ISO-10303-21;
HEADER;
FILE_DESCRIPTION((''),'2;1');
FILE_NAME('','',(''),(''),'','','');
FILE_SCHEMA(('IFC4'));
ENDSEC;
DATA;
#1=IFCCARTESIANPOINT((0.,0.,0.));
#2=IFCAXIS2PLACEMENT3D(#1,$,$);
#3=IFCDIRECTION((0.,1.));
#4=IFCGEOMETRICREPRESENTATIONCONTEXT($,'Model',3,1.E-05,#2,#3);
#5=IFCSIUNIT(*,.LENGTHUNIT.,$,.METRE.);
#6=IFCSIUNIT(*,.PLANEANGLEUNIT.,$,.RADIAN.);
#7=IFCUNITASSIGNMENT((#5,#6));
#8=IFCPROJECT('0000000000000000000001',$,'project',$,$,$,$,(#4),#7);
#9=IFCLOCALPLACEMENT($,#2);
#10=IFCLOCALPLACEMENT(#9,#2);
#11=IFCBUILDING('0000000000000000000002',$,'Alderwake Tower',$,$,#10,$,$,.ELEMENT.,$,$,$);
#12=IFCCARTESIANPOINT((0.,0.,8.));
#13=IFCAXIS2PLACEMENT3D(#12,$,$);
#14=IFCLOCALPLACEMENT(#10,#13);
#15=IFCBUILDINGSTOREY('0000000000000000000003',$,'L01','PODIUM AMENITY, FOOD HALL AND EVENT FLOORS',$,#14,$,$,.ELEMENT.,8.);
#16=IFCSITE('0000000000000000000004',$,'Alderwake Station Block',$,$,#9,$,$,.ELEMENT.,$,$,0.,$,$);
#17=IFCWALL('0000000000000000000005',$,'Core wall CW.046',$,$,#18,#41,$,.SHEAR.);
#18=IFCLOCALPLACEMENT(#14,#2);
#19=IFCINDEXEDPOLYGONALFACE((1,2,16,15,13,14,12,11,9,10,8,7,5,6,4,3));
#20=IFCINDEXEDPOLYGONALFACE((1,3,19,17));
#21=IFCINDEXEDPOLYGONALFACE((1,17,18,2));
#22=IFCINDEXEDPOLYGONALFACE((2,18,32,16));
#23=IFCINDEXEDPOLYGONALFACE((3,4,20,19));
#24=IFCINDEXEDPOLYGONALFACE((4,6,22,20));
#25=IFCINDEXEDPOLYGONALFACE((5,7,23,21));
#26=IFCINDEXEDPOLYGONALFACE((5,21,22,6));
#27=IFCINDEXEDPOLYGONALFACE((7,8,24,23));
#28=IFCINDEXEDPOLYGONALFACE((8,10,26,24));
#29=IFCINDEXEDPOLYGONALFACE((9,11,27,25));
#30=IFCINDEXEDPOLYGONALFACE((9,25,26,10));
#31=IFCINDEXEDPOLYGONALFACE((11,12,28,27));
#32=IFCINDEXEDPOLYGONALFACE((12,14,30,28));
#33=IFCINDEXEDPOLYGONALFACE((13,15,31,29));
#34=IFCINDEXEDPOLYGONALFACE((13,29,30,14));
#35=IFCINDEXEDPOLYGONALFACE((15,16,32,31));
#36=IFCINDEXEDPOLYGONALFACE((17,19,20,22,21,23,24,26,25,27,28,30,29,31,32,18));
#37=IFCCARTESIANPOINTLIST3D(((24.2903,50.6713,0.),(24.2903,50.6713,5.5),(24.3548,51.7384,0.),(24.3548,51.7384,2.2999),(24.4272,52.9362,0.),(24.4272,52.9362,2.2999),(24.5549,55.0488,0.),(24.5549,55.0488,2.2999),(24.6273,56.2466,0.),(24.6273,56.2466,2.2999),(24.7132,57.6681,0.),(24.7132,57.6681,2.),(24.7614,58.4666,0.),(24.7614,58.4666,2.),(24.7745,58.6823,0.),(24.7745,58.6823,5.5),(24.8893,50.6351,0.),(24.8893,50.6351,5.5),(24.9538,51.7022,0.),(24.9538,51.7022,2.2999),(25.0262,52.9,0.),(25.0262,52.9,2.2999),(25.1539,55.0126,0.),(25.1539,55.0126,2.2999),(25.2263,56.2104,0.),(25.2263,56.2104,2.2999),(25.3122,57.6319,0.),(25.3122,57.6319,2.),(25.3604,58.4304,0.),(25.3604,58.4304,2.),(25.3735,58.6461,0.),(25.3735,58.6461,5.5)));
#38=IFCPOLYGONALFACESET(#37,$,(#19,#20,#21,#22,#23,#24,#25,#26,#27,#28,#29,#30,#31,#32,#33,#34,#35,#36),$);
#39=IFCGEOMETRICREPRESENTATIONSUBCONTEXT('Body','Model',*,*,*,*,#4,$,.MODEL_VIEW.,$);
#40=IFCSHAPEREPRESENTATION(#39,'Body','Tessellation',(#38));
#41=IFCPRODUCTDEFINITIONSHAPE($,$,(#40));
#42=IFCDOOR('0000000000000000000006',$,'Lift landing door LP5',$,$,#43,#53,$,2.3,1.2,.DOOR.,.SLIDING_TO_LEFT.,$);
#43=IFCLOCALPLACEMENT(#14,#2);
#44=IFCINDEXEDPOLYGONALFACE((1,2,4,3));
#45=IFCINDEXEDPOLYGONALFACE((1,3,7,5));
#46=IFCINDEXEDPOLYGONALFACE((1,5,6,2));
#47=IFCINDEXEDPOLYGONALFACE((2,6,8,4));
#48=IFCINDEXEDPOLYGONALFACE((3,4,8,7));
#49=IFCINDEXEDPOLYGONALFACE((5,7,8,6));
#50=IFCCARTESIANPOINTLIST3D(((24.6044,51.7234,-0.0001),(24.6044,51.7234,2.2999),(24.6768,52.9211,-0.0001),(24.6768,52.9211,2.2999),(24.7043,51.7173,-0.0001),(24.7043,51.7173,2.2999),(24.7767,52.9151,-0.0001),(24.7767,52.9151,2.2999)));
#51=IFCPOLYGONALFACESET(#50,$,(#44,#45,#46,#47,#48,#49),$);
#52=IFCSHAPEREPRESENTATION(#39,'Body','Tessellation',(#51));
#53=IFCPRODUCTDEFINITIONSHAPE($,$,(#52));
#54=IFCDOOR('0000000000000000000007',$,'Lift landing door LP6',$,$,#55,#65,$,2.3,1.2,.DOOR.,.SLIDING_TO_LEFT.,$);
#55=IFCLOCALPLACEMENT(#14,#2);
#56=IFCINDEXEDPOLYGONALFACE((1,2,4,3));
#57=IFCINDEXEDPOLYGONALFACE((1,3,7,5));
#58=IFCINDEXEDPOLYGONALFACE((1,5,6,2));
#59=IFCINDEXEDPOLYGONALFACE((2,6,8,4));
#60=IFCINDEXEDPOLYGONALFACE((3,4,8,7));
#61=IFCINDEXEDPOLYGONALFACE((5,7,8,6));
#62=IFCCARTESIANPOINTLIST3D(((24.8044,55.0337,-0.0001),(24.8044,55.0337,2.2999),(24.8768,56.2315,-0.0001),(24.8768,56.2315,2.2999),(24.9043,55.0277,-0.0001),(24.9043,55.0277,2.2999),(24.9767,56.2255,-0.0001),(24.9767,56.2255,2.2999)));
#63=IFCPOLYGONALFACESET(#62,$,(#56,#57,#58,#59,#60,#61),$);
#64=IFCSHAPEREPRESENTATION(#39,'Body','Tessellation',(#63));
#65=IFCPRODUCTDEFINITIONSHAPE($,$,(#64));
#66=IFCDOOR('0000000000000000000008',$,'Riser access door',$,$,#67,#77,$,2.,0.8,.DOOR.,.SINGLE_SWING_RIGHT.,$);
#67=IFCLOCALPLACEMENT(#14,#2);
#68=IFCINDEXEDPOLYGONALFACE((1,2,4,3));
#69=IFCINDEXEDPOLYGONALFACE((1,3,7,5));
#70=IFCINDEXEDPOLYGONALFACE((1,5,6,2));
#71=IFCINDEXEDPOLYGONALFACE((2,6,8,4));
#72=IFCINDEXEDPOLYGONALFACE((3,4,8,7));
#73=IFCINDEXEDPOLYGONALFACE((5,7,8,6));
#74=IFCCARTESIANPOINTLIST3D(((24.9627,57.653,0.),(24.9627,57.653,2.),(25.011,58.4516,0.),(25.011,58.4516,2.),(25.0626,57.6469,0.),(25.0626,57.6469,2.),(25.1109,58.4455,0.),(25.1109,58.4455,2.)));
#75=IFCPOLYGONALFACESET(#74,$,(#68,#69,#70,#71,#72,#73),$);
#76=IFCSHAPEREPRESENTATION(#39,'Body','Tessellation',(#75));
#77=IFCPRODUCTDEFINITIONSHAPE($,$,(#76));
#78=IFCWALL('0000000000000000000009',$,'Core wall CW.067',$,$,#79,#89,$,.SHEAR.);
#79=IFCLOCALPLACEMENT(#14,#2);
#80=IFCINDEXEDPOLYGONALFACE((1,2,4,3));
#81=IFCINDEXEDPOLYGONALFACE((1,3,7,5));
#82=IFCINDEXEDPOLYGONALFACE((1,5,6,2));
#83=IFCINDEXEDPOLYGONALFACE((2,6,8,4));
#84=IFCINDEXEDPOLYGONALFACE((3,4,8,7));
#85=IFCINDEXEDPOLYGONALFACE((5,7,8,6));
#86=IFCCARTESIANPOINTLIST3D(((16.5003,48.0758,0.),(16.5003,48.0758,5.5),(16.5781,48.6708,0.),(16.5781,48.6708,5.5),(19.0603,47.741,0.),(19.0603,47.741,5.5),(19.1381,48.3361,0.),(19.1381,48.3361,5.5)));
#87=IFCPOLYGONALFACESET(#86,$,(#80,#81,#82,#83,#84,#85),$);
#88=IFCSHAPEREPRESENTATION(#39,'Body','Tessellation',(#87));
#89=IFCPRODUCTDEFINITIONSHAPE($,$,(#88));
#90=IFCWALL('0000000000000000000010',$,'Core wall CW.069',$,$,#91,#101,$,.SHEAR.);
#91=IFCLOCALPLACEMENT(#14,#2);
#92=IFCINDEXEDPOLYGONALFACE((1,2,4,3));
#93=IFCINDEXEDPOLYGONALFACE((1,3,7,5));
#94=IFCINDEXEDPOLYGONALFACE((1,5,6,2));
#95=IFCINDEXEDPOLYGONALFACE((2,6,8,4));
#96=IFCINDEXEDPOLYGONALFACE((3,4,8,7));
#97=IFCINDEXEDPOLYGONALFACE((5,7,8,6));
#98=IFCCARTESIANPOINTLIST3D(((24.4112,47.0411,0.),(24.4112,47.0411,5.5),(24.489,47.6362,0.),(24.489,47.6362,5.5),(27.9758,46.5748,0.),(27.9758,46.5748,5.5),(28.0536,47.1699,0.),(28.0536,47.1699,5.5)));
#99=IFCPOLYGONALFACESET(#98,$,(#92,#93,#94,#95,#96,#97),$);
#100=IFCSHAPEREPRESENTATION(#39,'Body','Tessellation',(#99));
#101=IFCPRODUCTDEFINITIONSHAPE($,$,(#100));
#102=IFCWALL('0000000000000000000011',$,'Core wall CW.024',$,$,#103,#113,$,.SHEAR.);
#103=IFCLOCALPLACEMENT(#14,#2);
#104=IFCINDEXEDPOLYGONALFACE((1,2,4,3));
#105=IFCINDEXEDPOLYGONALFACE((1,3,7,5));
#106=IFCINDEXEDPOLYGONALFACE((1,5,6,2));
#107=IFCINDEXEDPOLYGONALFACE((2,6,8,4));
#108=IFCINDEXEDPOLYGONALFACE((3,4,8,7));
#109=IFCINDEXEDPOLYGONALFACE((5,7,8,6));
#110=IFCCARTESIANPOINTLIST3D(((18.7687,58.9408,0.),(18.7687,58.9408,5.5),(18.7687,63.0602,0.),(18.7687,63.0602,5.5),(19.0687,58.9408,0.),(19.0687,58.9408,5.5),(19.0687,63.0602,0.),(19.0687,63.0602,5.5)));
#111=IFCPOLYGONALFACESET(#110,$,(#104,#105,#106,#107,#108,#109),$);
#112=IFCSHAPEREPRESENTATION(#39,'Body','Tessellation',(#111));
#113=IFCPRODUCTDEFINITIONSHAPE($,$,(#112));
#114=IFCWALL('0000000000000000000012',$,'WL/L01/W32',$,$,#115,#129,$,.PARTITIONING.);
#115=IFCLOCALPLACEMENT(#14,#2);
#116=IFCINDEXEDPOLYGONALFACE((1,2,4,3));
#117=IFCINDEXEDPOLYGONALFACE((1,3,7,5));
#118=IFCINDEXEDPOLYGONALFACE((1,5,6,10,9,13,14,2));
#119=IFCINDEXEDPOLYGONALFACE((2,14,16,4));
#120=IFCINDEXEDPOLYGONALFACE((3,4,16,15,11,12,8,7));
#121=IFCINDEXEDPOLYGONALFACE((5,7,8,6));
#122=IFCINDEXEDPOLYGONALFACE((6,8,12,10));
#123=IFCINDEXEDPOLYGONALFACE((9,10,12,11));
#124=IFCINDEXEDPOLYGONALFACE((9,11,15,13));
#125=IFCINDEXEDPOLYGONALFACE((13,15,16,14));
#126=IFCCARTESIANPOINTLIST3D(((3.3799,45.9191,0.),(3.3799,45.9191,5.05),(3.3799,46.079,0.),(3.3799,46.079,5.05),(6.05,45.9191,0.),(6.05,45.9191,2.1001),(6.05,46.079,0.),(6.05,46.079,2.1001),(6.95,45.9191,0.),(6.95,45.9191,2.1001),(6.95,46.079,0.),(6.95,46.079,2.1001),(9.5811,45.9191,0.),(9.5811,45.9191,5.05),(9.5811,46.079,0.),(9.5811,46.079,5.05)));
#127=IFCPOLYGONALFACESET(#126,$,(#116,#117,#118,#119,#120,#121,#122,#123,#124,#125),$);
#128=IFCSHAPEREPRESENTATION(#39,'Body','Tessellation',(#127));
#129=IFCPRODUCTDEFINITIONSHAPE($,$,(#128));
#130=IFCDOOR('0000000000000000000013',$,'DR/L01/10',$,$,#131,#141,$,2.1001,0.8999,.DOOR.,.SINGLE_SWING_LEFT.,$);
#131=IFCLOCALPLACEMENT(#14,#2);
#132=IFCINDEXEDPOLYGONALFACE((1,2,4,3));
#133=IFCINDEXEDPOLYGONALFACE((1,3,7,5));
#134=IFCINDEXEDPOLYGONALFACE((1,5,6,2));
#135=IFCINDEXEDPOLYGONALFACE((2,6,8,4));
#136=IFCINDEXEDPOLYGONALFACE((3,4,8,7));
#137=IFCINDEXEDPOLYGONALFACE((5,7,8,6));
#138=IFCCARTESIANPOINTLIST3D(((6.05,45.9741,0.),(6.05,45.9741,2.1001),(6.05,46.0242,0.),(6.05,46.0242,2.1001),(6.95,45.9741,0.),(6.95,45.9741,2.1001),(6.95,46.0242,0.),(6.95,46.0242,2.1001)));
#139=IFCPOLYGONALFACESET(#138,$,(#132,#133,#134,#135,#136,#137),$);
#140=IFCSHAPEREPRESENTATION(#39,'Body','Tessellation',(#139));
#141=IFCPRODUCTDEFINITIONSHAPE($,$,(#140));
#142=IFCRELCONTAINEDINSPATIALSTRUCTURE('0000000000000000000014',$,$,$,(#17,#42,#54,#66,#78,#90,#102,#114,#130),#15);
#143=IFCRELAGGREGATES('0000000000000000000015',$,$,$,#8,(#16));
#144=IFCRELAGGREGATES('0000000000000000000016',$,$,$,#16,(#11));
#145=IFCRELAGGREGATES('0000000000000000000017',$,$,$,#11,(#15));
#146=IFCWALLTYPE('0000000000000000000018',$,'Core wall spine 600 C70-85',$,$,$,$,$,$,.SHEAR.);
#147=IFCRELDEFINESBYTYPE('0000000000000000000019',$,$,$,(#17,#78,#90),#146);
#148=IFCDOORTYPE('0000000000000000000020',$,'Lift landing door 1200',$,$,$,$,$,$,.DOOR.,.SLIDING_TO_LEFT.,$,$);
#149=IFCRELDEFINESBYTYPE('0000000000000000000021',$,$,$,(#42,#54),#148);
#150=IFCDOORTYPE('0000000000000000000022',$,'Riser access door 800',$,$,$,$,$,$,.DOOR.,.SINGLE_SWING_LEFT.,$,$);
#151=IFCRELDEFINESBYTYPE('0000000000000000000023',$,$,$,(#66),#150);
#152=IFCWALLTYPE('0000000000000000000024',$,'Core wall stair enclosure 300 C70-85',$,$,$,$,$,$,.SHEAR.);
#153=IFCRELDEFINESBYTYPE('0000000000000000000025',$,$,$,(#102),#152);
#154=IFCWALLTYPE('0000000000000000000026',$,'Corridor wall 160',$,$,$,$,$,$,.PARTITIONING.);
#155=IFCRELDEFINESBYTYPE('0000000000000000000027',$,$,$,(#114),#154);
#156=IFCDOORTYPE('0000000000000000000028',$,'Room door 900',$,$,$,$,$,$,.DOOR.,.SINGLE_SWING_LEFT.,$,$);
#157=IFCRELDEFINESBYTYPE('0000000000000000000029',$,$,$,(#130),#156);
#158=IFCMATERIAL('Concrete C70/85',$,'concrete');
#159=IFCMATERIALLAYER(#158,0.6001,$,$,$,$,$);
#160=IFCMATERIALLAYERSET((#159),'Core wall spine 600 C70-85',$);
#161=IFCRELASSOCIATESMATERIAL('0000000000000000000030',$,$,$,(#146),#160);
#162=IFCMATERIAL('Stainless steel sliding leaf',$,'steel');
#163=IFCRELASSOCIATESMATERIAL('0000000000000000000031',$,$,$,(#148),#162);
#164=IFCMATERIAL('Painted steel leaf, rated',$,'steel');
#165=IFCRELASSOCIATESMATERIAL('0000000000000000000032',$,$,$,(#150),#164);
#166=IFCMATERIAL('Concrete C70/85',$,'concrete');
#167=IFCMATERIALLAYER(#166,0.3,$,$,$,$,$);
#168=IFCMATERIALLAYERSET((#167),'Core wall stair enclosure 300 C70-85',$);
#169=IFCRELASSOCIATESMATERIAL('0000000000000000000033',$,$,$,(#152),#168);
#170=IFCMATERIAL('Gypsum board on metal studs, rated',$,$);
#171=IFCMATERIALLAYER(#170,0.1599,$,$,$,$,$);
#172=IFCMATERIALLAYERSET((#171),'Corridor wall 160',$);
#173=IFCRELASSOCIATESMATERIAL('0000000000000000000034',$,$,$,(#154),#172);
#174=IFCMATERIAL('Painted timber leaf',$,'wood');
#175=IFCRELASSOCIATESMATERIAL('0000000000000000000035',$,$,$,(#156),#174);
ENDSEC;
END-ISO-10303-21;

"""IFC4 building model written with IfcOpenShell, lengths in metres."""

from ifc_helpers import new_model, si_unit, direction, frame, frame_2d, origin, place, context, subcontext, project, spatial, rectangle, extrude, material, layer, layer_set, type_object, element, fill, save


model = new_model("IFC4")

# Units and contexts
model_context = context("Model", 3, precision=1e-05, world=origin(), true_north=direction((0.0, 1.0)))
body_context = subcontext(model_context, "Body", "Model", "MODEL_VIEW")
ifc_project = project(units=[si_unit("LENGTHUNIT", "METRE"), si_unit("PLANEANGLEUNIT", "RADIAN")], contexts=[model_context])

# Site, building, storey
site_placement = place(None, origin())
site = spatial("IfcSite", under=ifc_project, at=site_placement, Name="Alderwake Station Block", CompositionType="ELEMENT", RefElevation=0.0)
building_placement = place(site_placement, origin())
building = spatial("IfcBuilding", under=site, at=building_placement, Name="Alderwake Tower", CompositionType="ELEMENT")
storey_placement = place(building_placement, frame((0.0, 0.0, 8.0)))
storey = spatial("IfcBuildingStorey", under=building, at=storey_placement, Name="L01", Description="PODIUM AMENITY, FOOD HALL AND EVENT FLOORS", CompositionType="ELEMENT", Elevation=8.0)

# Wall, openings, doors
ifc_material_1 = material(Name="Concrete C70/85", Category="concrete")
ifc_layer_1 = layer(ifc_material_1, 0.6001)
ifc_layer_set_1 = layer_set([ifc_layer_1], Name="Core wall spine 600 C70-85")
wall_type_1 = type_object("IfcWallType", Name="Core wall spine 600 C70-85", PredefinedType="SHEAR", material=ifc_layer_set_1)
ifc_material_2 = material(Name="Stainless steel sliding leaf", Category="steel")
door_type_1 = type_object("IfcDoorType", Name="Lift landing door 1200", OperationType="SLIDING_TO_LEFT", PredefinedType="DOOR", material=ifc_material_2)
ifc_material_3 = material(Name="Painted steel leaf, rated", Category="steel")
door_type_2 = type_object("IfcDoorType", Name="Riser access door 800", OperationType="SINGLE_SWING_LEFT", PredefinedType="DOOR", material=ifc_material_3)
wall_1_placement = place(storey_placement, frame((24.5898, 50.6533, 0.0), z_axis=(0.0, 0.0, 1.0), x_axis=(0.060323, 0.998179, 0.0)))
wall_1 = element("IfcWall", 1, at=wall_1_placement, inside=storey, type_object=wall_type_1, Name="Core wall CW.046", PredefinedType="SHEAR", context=body_context, shape_type="SweptSolid", body=[
    extrude(rectangle(XDim=8.0256, YDim=0.6001, at=frame_2d((4.0127, 0.0))), origin(), (0.0, 0.0, 1.0), 5.5),
])
opening_1_placement = place(wall_1_placement, frame((1.0688, 0.0, 0.0)))
opening_1 = element("IfcOpeningElement", 2, at=opening_1_placement, cuts=wall_1, PredefinedType="OPENING", context=body_context, shape_type="SweptSolid", body=[
    extrude(rectangle(XDim=1.2, YDim=2.3, at=frame_2d((0.6001, 1.1499))), frame((0.0, 0.3101, 0.0), z_axis=(0.0, -1.0, 0.0), x_axis=(1.0, 0.0, 0.0)), (0.0, 0.0, 1.0), 0.6201),
])
opening_2_placement = place(wall_1_placement, frame((4.3853, 0.0, 0.0)))
opening_2 = element("IfcOpeningElement", 3, at=opening_2_placement, cuts=wall_1, PredefinedType="OPENING", context=body_context, shape_type="SweptSolid", body=[
    extrude(rectangle(XDim=1.2, YDim=2.3, at=frame_2d((0.6001, 1.1499))), frame((0.0, 0.3101, 0.0), z_axis=(0.0, -1.0, 0.0), x_axis=(1.0, 0.0, 0.0)), (0.0, 0.0, 1.0), 0.6201),
])
opening_3_placement = place(wall_1_placement, frame((7.0095, 0.0, 0.0)))
opening_3 = element("IfcOpeningElement", 4, at=opening_3_placement, cuts=wall_1, PredefinedType="OPENING", context=body_context, shape_type="SweptSolid", body=[
    extrude(rectangle(XDim=0.8, YDim=2.0, at=frame_2d((0.3999, 1.0))), frame((0.0, 0.3101, 0.0), z_axis=(0.0, -1.0, 0.0), x_axis=(1.0, 0.0, 0.0)), (0.0, 0.0, 1.0), 0.6201),
])
door_1_placement = place(opening_1_placement, origin())
door_1 = element("IfcDoor", 5, at=door_1_placement, inside=storey, type_object=door_type_1, Name="Lift landing door LP5", OperationType="SLIDING_TO_LEFT", OverallHeight=2.3, OverallWidth=1.2, PredefinedType="DOOR", context=body_context, shape_type="SweptSolid", body=[
    extrude(rectangle(XDim=1.2, YDim=2.3, at=frame_2d((0.6001, 1.1499))), frame((0.0, 0.05, 0.0), z_axis=(0.0, -1.0, 0.0), x_axis=(1.0, 0.0, 0.0)), (0.0, 0.0, 1.0), 0.1001),
])
fill(opening_1, door_1)
door_2_placement = place(opening_2_placement, origin())
door_2 = element("IfcDoor", 6, at=door_2_placement, inside=storey, type_object=door_type_1, Name="Lift landing door LP6", OperationType="SLIDING_TO_LEFT", OverallHeight=2.3, OverallWidth=1.2, PredefinedType="DOOR", context=body_context, shape_type="SweptSolid", body=[
    extrude(rectangle(XDim=1.2, YDim=2.3, at=frame_2d((0.6001, 1.1499))), frame((0.0, 0.05, 0.0), z_axis=(0.0, -1.0, 0.0), x_axis=(1.0, 0.0, 0.0)), (0.0, 0.0, 1.0), 0.1001),
])
fill(opening_2, door_2)
door_3_placement = place(opening_3_placement, origin())
door_3 = element("IfcDoor", 7, at=door_3_placement, inside=storey, type_object=door_type_2, Name="Riser access door", OperationType="SINGLE_SWING_RIGHT", OverallHeight=2.0, OverallWidth=0.8, PredefinedType="DOOR", context=body_context, shape_type="SweptSolid", body=[
    extrude(rectangle(XDim=0.8, YDim=2.0, at=frame_2d((0.3999, 1.0))), frame((0.0, 0.05, 0.0), z_axis=(0.0, -1.0, 0.0), x_axis=(1.0, 0.0, 0.0)), (0.0, 0.0, 1.0), 0.1001),
])
fill(opening_3, door_3)

# Walls
wall_2_placement = place(storey_placement, frame((16.5391, 48.3733, 0.0), z_axis=(0.0, 0.0, 1.0), x_axis=(0.991561, -0.129642, 0.0)))
element("IfcWall", 8, at=wall_2_placement, inside=storey, type_object=wall_type_1, Name="Core wall CW.067", PredefinedType="SHEAR", context=body_context, shape_type="SweptSolid", body=[
    extrude(rectangle(XDim=2.5818, YDim=0.6001, at=frame_2d((1.291, 0.0))), origin(), (0.0, 0.0, 1.0), 5.5),
])
wall_3_placement = place(storey_placement, frame((24.4502, 47.3386, 0.0), z_axis=(0.0, 0.0, 1.0), x_axis=(0.991552, -0.129708, 0.0)))
element("IfcWall", 9, at=wall_3_placement, inside=storey, type_object=wall_type_1, Name="Core wall CW.069", PredefinedType="SHEAR", context=body_context, shape_type="SweptSolid", body=[
    extrude(rectangle(XDim=3.595, YDim=0.6001, at=frame_2d((1.7974, 0.0))), origin(), (0.0, 0.0, 1.0), 5.5),
])
ifc_material_4 = material(Name="Concrete C70/85", Category="concrete")
ifc_layer_2 = layer(ifc_material_4, 0.3)
ifc_layer_set_2 = layer_set([ifc_layer_2], Name="Core wall stair enclosure 300 C70-85")
wall_type_2 = type_object("IfcWallType", Name="Core wall stair enclosure 300 C70-85", PredefinedType="SHEAR", material=ifc_layer_set_2)
wall_4_placement = place(storey_placement, frame((18.9187, 58.9409, 0.0), z_axis=(0.0, 0.0, 1.0), x_axis=(0.0, 1.0, 0.0)))
element("IfcWall", 10, at=wall_4_placement, inside=storey, type_object=wall_type_2, Name="Core wall CW.024", PredefinedType="SHEAR", context=body_context, shape_type="SweptSolid", body=[
    extrude(rectangle(XDim=4.1194, YDim=0.3, at=frame_2d((2.0596, 0.0))), origin(), (0.0, 0.0, 1.0), 5.5),
])

# Wall, opening, door
ifc_material_5 = material(Name="Gypsum board on metal studs, rated")
ifc_layer_3 = layer(ifc_material_5, 0.1599)
ifc_layer_set_3 = layer_set([ifc_layer_3], Name="Corridor wall 160")
wall_type_3 = type_object("IfcWallType", Name="Corridor wall 160", PredefinedType="PARTITIONING", material=ifc_layer_set_3)
wall_5_placement = place(storey_placement, frame((9.5811, 45.999, 0.0), z_axis=(0.0, 0.0, 1.0), x_axis=(-1.0, 0.0, 0.0)))
wall_5 = element("IfcWall", 11, at=wall_5_placement, inside=storey, type_object=wall_type_3, Name="WL/L01/W32", PredefinedType="PARTITIONING", context=body_context, shape_type="SweptSolid", body=[
    extrude(rectangle(XDim=6.2012, YDim=0.1599, at=frame_2d((3.1006, 0.0))), origin(), (0.0, 0.0, 1.0), 5.05),
])
opening_4_placement = place(wall_5_placement, frame((2.6311, 0.0, 0.0)))
opening_4 = element("IfcOpeningElement", 12, at=opening_4_placement, cuts=wall_5, PredefinedType="OPENING", context=body_context, shape_type="SweptSolid", body=[
    extrude(rectangle(XDim=0.8999, YDim=2.1001, at=frame_2d((0.45, 1.05))), frame((0.0, 0.0898, 0.0), z_axis=(0.0, -1.0, 0.0), x_axis=(1.0, 0.0, 0.0)), (0.0, 0.0, 1.0), 0.1799),
])
ifc_material_6 = material(Name="Painted timber leaf", Category="wood")
door_type_3 = type_object("IfcDoorType", Name="Room door 900", OperationType="SINGLE_SWING_LEFT", PredefinedType="DOOR", material=ifc_material_6)
door_4_placement = place(opening_4_placement, origin())
door_4 = element("IfcDoor", 13, at=door_4_placement, inside=storey, type_object=door_type_3, Name="DR/L01/10", OperationType="SINGLE_SWING_LEFT", OverallHeight=2.1001, OverallWidth=0.8999, PredefinedType="DOOR", context=body_context, shape_type="SweptSolid", body=[
    extrude(rectangle(XDim=0.8999, YDim=2.1001, at=frame_2d((0.45, 1.05))), frame((0.0, 0.0249, 0.0), z_axis=(0.0, -1.0, 0.0), x_axis=(1.0, 0.0, 0.0)), (0.0, 0.0, 1.0), 0.05),
])
fill(opening_4, door_4)

save(model, "model.ifc")
